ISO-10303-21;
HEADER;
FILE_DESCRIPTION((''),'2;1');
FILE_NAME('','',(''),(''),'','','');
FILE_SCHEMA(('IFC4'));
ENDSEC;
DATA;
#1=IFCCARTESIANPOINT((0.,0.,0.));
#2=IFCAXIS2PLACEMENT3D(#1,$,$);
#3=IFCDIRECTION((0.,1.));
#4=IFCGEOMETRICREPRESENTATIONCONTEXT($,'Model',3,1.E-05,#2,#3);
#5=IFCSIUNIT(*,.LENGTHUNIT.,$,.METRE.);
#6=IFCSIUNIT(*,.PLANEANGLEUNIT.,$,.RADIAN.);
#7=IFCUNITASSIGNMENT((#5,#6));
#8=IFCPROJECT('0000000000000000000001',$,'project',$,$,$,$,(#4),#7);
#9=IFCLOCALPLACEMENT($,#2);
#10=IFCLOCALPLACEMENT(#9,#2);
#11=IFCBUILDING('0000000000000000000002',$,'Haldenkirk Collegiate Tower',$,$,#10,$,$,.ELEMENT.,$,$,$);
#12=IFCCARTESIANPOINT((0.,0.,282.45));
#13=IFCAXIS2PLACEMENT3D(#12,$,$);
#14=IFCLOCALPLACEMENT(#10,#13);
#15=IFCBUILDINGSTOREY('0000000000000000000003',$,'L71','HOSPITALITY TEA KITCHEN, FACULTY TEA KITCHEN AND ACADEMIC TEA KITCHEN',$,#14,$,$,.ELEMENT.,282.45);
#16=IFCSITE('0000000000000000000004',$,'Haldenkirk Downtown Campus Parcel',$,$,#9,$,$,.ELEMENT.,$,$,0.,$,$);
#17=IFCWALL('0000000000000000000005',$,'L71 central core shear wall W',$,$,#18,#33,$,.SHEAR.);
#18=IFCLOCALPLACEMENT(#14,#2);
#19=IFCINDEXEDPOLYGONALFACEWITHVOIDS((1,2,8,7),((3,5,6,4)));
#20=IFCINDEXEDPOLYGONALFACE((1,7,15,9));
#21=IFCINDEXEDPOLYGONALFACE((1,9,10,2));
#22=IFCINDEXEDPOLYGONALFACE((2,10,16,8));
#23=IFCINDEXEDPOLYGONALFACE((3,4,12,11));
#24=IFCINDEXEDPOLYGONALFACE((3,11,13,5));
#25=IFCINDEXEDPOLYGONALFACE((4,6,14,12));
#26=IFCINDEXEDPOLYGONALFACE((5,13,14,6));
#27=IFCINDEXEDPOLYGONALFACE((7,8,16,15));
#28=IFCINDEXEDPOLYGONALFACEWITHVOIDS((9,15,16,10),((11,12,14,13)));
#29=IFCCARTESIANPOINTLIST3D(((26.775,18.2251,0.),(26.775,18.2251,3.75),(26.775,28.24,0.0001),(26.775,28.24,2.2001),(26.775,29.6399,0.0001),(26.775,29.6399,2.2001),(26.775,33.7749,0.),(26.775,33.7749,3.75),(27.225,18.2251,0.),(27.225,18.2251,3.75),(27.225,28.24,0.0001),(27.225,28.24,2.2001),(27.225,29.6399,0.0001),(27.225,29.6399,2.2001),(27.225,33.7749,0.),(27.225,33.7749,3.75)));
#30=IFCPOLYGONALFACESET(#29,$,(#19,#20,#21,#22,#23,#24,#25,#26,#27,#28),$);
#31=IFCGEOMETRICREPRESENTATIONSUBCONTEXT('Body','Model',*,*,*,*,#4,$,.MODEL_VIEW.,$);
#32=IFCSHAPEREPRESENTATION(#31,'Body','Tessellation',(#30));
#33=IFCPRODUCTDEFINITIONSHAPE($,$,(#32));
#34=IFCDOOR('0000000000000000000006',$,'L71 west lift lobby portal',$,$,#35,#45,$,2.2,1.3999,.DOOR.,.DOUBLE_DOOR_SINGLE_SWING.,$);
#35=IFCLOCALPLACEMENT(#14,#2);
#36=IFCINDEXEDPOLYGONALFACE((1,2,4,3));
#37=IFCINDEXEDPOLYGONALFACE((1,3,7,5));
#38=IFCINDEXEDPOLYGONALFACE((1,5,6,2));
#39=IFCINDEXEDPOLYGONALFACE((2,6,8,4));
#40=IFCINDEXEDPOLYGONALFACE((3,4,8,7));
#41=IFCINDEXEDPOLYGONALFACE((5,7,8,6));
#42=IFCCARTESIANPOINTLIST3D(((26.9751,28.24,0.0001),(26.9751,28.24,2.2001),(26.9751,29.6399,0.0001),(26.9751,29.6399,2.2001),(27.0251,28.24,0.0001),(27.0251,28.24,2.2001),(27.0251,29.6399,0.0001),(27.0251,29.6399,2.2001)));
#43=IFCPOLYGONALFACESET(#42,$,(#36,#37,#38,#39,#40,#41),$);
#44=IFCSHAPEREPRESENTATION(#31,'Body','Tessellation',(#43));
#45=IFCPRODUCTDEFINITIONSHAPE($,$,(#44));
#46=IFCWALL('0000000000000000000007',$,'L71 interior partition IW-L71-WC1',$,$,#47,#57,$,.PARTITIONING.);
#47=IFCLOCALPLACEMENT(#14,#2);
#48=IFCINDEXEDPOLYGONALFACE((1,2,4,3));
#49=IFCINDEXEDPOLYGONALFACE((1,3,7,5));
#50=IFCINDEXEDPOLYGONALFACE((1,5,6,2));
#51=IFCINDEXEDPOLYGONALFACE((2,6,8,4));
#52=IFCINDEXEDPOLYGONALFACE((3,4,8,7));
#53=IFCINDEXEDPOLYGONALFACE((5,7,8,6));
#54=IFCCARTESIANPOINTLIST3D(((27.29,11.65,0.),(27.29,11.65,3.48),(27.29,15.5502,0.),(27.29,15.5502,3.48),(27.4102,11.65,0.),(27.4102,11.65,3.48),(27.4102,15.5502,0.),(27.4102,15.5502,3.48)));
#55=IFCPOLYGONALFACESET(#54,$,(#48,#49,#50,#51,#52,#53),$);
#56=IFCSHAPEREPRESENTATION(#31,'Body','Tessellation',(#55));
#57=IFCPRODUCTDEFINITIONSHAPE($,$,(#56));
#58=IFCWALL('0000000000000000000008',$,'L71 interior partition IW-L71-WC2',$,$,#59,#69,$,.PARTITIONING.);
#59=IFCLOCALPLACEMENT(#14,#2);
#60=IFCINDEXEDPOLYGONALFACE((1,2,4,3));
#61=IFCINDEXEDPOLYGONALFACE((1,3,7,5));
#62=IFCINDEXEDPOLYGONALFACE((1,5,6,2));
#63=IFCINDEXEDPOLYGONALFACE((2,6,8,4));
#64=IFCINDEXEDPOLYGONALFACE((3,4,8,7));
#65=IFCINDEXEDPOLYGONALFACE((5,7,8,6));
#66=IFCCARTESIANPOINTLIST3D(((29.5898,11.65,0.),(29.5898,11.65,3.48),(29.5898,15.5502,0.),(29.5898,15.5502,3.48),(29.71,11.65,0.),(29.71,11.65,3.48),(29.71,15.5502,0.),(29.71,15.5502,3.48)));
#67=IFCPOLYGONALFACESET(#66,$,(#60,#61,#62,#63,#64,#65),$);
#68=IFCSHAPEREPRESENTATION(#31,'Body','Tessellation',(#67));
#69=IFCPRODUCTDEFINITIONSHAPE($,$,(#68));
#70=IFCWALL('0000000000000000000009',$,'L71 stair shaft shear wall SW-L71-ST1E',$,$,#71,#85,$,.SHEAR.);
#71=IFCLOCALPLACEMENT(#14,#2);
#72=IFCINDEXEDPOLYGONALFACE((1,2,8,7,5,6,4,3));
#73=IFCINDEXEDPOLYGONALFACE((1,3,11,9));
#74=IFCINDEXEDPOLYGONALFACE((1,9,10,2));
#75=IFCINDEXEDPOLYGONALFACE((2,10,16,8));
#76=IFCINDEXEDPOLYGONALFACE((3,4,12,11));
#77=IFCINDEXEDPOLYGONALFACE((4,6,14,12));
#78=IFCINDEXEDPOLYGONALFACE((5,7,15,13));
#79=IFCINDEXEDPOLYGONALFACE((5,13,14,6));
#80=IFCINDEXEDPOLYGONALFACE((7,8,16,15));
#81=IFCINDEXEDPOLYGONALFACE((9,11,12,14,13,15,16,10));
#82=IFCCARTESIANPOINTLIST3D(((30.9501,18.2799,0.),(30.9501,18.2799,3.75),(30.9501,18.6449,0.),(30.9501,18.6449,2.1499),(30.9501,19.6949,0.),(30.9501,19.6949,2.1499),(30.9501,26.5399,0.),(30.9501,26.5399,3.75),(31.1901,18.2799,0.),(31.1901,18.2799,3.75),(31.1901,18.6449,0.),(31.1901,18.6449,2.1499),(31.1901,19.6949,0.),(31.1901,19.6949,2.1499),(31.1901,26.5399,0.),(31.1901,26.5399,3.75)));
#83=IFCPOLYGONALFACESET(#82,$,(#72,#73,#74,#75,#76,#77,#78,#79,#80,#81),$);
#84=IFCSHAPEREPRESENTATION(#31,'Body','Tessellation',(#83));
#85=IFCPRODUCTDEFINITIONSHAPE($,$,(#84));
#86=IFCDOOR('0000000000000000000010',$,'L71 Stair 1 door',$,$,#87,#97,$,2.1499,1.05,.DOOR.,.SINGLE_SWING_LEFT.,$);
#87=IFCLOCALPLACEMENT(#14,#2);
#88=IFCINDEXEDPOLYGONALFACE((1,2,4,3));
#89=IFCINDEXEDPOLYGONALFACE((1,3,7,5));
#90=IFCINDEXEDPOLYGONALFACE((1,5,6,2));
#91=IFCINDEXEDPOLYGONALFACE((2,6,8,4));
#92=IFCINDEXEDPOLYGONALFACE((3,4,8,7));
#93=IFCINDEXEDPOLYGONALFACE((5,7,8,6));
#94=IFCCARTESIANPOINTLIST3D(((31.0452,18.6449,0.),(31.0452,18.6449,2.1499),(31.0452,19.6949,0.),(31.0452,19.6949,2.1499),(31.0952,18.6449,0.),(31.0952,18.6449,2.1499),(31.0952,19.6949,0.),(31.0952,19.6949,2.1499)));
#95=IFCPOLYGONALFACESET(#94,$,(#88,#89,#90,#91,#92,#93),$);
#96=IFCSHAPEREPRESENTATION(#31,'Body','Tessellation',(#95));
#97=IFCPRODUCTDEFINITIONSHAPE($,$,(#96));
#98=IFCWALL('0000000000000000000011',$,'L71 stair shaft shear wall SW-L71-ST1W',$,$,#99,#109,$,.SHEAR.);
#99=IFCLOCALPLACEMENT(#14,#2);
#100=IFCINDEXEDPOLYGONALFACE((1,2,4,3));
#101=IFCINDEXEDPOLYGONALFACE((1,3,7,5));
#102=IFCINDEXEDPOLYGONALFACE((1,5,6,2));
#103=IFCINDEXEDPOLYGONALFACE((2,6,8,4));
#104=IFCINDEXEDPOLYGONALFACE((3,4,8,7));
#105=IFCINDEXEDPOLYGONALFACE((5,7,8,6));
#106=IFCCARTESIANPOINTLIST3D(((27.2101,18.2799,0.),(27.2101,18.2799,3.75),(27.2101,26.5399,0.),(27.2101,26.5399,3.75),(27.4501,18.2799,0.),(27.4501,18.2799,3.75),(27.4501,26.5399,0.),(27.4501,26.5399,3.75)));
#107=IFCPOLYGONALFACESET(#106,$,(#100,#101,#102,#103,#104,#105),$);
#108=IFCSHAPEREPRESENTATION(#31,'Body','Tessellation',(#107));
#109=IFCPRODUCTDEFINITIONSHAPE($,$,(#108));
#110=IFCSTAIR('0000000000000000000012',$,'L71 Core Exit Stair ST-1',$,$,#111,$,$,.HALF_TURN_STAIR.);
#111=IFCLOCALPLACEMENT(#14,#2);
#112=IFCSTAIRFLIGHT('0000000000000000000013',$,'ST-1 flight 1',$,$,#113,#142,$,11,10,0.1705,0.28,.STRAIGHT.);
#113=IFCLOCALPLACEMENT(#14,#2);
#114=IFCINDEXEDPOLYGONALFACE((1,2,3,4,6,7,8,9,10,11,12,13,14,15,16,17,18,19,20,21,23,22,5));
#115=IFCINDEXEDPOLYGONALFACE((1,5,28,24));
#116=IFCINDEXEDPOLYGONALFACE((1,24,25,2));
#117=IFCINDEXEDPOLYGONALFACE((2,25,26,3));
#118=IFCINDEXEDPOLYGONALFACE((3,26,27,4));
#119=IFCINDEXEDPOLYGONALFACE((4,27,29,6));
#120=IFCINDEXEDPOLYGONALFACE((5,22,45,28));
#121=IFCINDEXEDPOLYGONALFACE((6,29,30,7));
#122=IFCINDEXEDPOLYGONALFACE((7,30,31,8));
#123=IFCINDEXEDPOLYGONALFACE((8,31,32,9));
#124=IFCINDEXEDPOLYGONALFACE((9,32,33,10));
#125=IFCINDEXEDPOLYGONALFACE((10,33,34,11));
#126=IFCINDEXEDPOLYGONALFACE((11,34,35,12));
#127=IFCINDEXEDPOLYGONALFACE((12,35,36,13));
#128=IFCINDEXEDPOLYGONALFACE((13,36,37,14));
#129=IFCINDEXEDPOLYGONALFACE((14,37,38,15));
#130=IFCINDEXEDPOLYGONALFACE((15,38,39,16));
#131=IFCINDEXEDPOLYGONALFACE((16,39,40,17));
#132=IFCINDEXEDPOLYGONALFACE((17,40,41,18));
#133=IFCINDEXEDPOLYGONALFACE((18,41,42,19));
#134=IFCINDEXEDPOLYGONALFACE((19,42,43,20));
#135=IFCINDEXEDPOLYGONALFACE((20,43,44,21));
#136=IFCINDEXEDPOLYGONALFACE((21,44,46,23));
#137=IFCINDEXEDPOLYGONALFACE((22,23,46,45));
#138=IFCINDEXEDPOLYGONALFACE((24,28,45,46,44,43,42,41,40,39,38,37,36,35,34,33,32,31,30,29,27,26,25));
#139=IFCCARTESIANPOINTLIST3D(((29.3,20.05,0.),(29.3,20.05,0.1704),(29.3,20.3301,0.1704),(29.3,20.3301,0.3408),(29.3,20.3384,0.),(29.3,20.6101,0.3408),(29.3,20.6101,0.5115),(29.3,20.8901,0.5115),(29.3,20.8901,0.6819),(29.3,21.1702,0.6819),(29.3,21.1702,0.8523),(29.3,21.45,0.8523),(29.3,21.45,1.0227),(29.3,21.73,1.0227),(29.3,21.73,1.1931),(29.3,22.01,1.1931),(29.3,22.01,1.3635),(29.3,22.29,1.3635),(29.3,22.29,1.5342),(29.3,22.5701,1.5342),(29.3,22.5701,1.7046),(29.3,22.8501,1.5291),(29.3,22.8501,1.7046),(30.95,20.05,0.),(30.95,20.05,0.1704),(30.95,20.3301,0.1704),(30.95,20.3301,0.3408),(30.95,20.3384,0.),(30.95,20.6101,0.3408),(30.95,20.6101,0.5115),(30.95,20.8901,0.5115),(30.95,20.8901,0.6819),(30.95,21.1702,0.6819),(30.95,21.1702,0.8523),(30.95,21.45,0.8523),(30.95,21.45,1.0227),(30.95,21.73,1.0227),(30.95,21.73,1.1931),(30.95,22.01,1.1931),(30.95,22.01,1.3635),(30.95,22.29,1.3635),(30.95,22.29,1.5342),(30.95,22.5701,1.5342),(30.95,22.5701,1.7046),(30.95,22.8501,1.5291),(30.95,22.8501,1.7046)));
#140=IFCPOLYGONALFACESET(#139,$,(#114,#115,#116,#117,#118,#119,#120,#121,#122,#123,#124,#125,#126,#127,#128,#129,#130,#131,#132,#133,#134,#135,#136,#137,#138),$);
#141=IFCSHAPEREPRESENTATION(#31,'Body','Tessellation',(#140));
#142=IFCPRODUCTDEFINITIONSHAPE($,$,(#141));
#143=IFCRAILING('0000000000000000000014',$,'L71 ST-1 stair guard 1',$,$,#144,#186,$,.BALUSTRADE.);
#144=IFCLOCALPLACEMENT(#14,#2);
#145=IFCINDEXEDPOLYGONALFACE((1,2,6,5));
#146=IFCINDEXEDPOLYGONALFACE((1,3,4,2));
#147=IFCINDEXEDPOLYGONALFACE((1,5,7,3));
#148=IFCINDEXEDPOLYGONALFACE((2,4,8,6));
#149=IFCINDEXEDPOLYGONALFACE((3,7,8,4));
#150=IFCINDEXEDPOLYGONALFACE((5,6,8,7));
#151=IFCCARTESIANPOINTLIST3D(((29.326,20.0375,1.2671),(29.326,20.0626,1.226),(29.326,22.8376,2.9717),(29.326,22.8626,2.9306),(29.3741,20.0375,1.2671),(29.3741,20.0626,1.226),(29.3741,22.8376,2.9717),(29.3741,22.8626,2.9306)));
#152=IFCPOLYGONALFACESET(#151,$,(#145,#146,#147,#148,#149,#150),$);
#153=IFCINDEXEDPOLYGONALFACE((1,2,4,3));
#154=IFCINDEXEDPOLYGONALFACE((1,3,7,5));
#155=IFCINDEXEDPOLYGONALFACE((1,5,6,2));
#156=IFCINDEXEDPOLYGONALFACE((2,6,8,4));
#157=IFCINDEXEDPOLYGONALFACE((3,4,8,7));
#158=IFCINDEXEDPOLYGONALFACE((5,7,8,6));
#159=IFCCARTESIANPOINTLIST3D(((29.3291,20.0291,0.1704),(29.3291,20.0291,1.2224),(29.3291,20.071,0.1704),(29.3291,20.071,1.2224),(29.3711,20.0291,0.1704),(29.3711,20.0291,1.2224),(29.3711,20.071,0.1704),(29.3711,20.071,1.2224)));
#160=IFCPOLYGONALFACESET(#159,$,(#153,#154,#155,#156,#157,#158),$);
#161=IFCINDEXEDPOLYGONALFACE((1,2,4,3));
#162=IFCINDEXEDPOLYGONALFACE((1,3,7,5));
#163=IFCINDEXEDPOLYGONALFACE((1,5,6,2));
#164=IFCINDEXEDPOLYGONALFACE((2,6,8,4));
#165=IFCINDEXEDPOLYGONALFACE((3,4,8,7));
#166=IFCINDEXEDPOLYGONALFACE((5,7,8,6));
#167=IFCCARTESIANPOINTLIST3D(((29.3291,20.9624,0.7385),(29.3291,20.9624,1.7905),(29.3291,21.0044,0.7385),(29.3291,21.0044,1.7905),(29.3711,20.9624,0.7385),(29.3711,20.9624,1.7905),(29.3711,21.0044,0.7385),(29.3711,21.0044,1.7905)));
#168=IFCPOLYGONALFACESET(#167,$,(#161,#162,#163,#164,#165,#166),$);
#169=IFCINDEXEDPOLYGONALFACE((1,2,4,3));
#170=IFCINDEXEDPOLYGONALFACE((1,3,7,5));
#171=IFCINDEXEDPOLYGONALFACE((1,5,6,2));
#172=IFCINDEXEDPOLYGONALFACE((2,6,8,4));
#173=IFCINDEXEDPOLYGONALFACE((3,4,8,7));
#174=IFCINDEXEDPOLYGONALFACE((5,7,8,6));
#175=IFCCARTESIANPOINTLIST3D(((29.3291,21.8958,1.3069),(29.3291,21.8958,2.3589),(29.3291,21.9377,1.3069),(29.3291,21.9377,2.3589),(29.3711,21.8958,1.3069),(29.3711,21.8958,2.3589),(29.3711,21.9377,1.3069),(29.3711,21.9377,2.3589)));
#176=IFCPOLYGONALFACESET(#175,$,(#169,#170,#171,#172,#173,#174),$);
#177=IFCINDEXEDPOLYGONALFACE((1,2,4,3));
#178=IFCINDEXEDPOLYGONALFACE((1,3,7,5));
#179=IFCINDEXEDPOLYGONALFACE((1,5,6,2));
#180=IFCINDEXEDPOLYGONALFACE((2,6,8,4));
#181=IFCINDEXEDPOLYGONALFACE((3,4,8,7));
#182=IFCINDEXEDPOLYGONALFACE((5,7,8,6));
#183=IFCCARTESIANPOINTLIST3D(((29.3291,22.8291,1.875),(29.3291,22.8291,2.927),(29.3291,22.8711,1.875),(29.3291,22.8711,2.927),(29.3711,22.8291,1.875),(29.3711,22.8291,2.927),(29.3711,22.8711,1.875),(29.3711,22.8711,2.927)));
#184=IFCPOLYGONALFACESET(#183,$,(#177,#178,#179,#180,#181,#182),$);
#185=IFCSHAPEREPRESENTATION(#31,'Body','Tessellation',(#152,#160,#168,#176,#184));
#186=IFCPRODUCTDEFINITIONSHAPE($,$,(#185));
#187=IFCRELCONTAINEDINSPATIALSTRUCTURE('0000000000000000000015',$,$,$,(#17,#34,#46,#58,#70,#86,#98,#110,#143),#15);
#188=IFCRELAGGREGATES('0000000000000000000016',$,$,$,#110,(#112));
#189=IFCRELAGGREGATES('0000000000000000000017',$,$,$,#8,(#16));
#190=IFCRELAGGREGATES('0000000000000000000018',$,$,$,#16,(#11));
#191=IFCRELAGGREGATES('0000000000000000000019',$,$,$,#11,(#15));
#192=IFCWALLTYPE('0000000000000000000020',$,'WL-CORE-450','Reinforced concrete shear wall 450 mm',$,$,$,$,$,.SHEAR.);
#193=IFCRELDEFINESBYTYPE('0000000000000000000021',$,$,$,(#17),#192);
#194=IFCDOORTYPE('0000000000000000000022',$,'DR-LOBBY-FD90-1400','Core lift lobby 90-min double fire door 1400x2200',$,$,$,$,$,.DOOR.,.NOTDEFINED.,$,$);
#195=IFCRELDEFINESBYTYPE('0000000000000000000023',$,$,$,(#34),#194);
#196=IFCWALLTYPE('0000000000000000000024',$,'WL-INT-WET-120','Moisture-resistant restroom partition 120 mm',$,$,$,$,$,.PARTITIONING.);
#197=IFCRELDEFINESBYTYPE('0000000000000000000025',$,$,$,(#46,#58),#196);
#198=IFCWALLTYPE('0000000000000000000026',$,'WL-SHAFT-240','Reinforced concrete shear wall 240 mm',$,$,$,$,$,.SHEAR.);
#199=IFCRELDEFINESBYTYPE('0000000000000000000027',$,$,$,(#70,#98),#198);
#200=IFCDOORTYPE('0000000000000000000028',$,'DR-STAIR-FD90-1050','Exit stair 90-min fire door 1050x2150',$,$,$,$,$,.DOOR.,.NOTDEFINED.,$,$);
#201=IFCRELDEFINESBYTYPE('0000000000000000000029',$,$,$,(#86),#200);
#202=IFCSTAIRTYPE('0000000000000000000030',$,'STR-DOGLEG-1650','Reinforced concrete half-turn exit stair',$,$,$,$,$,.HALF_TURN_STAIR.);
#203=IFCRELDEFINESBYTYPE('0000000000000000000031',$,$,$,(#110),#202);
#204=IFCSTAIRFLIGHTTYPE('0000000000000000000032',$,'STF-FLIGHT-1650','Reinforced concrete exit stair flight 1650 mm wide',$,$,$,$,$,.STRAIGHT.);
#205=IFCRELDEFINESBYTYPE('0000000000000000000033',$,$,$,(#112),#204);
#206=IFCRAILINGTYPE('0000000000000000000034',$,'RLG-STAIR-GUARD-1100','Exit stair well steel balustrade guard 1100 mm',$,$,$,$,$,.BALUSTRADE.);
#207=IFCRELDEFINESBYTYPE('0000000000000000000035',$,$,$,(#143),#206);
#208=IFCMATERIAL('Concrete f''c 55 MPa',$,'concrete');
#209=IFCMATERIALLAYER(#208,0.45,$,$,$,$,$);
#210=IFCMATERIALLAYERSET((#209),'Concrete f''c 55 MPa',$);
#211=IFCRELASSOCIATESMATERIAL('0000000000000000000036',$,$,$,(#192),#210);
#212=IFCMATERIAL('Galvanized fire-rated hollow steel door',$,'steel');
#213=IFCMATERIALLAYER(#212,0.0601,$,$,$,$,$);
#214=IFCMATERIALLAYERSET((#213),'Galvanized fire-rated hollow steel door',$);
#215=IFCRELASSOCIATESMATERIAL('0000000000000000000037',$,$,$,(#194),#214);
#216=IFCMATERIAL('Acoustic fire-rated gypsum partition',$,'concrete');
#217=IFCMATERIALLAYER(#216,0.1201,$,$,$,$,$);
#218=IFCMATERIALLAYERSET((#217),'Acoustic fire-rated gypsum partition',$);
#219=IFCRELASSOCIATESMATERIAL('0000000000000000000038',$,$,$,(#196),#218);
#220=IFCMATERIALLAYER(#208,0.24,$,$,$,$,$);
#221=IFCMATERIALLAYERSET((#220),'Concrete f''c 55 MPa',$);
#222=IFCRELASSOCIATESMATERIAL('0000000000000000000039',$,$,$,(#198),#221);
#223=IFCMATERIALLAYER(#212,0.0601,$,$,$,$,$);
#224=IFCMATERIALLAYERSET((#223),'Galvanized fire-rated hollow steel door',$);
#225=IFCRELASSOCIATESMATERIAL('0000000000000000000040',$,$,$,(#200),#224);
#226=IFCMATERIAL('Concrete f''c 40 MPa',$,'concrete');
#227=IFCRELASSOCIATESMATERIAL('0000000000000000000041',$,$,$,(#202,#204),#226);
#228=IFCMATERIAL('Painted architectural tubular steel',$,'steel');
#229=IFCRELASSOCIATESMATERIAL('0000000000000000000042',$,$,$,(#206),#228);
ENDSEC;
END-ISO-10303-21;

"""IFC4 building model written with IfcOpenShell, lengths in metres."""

from ifc_helpers import new_model, si_unit, direction, frame, frame_2d, origin, origin_2d, place, context, subcontext, project, spatial, polyline, rectangle, outline, extrude, material, layer, layer_set, type_object, element, fill, aggregate, save


model = new_model("IFC4")

# Units and contexts
model_context = context("Model", 3, precision=1e-05, world=origin(), true_north=direction((0.0, 1.0)))
body_context = subcontext(model_context, "Body", "Model", "MODEL_VIEW")
ifc_project = project(units=[si_unit("LENGTHUNIT", "METRE"), si_unit("PLANEANGLEUNIT", "RADIAN")], contexts=[model_context])

# Site, building, storey
site_placement = place(None, origin())
site = spatial("IfcSite", under=ifc_project, at=site_placement, Name="Haldenkirk Downtown Campus Parcel", CompositionType="ELEMENT", RefElevation=0.0)
building_placement = place(site_placement, origin())
building = spatial("IfcBuilding", under=site, at=building_placement, Name="Haldenkirk Collegiate Tower", CompositionType="ELEMENT")
storey_placement = place(building_placement, frame((0.0, 0.0, 282.45)))
storey = spatial("IfcBuildingStorey", under=building, at=storey_placement, Name="L71", Description="HOSPITALITY TEA KITCHEN, FACULTY TEA KITCHEN AND ACADEMIC TEA KITCHEN", CompositionType="ELEMENT", Elevation=282.45)

# Shared definitions
ifc_material_1 = material(Name="Concrete f'c 55 MPa", Category="concrete")
ifc_layer_1 = layer(ifc_material_1, 0.45)
ifc_layer_set_1 = layer_set([ifc_layer_1], Name="Concrete f'c 55 MPa")
wall_type_1 = type_object("IfcWallType", Name="WL-CORE-450", Description="Reinforced concrete shear wall 450 mm", PredefinedType="SHEAR", material=ifc_layer_set_1)
ifc_material_2 = material(Name="Galvanized fire-rated hollow steel door", Category="steel")

# Wall, opening, door
wall_1_placement = place(storey_placement, frame((27.0, 18.2251, 0.0), z_axis=(0.0, 0.0, 1.0), x_axis=(0.0, 1.0, 0.0)))
wall_1 = element("IfcWall", 1, at=wall_1_placement, inside=storey, type_object=wall_type_1, Name="L71 central core shear wall W", PredefinedType="SHEAR", context=body_context, shape_type="SweptSolid", body=[
    extrude(rectangle(XDim=15.5498, YDim=0.45, at=frame_2d((7.7749, 0.0))), origin(), (0.0, 0.0, 1.0), 3.75),
])
opening_1_placement = place(wall_1_placement, frame((10.0149, 0.0, 0.0)))
opening_1 = element("IfcOpeningElement", 2, at=opening_1_placement, cuts=wall_1, PredefinedType="OPENING", context=body_context, shape_type="SweptSolid", body=[
    extrude(rectangle(XDim=1.3999, YDim=2.2, at=frame_2d((0.7, 1.1001))), frame((0.0, 0.2349, 0.0), z_axis=(0.0, -1.0, 0.0), x_axis=(1.0, 0.0, 0.0)), (0.0, 0.0, 1.0), 0.47),
])
ifc_layer_2 = layer(ifc_material_2, 0.0601)
ifc_layer_set_2 = layer_set([ifc_layer_2], Name="Galvanized fire-rated hollow steel door")
door_type_1 = type_object("IfcDoorType", Name="DR-LOBBY-FD90-1400", Description="Core lift lobby 90-min double fire door 1400x2200", OperationType="NOTDEFINED", PredefinedType="DOOR", material=ifc_layer_set_2)
door_1_placement = place(opening_1_placement, origin())
door_1 = element("IfcDoor", 3, at=door_1_placement, inside=storey, type_object=door_type_1, Name="L71 west lift lobby portal", OperationType="DOUBLE_DOOR_SINGLE_SWING", OverallHeight=2.2, OverallWidth=1.3999, PredefinedType="DOOR", context=body_context, shape_type="SweptSolid", body=[
    extrude(rectangle(XDim=1.3999, YDim=2.2, at=frame_2d((0.7, 1.1001))), frame((0.0, 0.0249, 0.0), z_axis=(0.0, -1.0, 0.0), x_axis=(1.0, 0.0, 0.0)), (0.0, 0.0, 1.0), 0.05),
])
fill(opening_1, door_1)

# Walls
ifc_material_3 = material(Name="Acoustic fire-rated gypsum partition", Category="concrete")
ifc_layer_3 = layer(ifc_material_3, 0.1201)
ifc_layer_set_3 = layer_set([ifc_layer_3], Name="Acoustic fire-rated gypsum partition")
wall_type_2 = type_object("IfcWallType", Name="WL-INT-WET-120", Description="Moisture-resistant restroom partition 120 mm", PredefinedType="PARTITIONING", material=ifc_layer_set_3)
for number, where, z_axis, x_axis, name in (
    (4, (27.3501, 11.6499, 0.0), (0.0, 0.0, 1.0), (0.0, 1.0, 0.0), "L71 interior partition IW-L71-WC1"),
    (5, (29.6499, 11.6499, 0.0), (0.0, 0.0, 1.0), (0.0, 1.0, 0.0), "L71 interior partition IW-L71-WC2"),
):
    element("IfcWall", number, at=place(storey_placement, frame(where, z_axis=z_axis, x_axis=x_axis)), inside=storey, type_object=wall_type_2, Name=name, PredefinedType="PARTITIONING", context=body_context, shape_type="SweptSolid", body=[
        extrude(rectangle(XDim=3.9001, YDim=0.1201, at=frame_2d((1.9502, 0.0))), origin(), (0.0, 0.0, 1.0), 3.48),
    ])

# Wall, opening, door
ifc_layer_4 = layer(ifc_material_1, 0.24)
ifc_layer_set_4 = layer_set([ifc_layer_4], Name="Concrete f'c 55 MPa")
wall_type_3 = type_object("IfcWallType", Name="WL-SHAFT-240", Description="Reinforced concrete shear wall 240 mm", PredefinedType="SHEAR", material=ifc_layer_set_4)
wall_2_placement = place(storey_placement, frame((31.0701, 18.28, 0.0), z_axis=(0.0, 0.0, 1.0), x_axis=(0.0, 1.0, 0.0)))
wall_2 = element("IfcWall", 6, at=wall_2_placement, inside=storey, type_object=wall_type_3, Name="L71 stair shaft shear wall SW-L71-ST1E", PredefinedType="SHEAR", context=body_context, shape_type="SweptSolid", body=[
    extrude(rectangle(XDim=8.26, YDim=0.24, at=frame_2d((4.1299, 0.0))), origin(), (0.0, 0.0, 1.0), 3.75),
])
opening_2_placement = place(wall_2_placement, frame((0.365, 0.0, 0.0)))
opening_2 = element("IfcOpeningElement", 7, at=opening_2_placement, cuts=wall_2, PredefinedType="OPENING", context=body_context, shape_type="SweptSolid", body=[
    extrude(rectangle(XDim=1.05, YDim=2.1499, at=frame_2d((0.5249, 1.075))), frame((0.0, 0.1299, 0.0), z_axis=(0.0, -1.0, 0.0), x_axis=(1.0, 0.0, 0.0)), (0.0, 0.0, 1.0), 0.26),
])
ifc_layer_5 = layer(ifc_material_2, 0.0601)
ifc_layer_set_5 = layer_set([ifc_layer_5], Name="Galvanized fire-rated hollow steel door")
door_type_2 = type_object("IfcDoorType", Name="DR-STAIR-FD90-1050", Description="Exit stair 90-min fire door 1050x2150", OperationType="NOTDEFINED", PredefinedType="DOOR", material=ifc_layer_set_5)
door_2_placement = place(opening_2_placement, origin())
door_2 = element("IfcDoor", 8, at=door_2_placement, inside=storey, type_object=door_type_2, Name="L71 Stair 1 door", OperationType="SINGLE_SWING_LEFT", OverallHeight=2.1499, OverallWidth=1.05, PredefinedType="DOOR", context=body_context, shape_type="SweptSolid", body=[
    extrude(rectangle(XDim=1.05, YDim=2.1499, at=frame_2d((0.5249, 1.075))), frame((0.0, 0.0249, 0.0), z_axis=(0.0, -1.0, 0.0), x_axis=(1.0, 0.0, 0.0)), (0.0, 0.0, 1.0), 0.05),
])
fill(opening_2, door_2)

# Wall
wall_3_placement = place(storey_placement, frame((27.3301, 18.28, 0.0), z_axis=(0.0, 0.0, 1.0), x_axis=(0.0, 1.0, 0.0)))
element("IfcWall", 9, at=wall_3_placement, inside=storey, type_object=wall_type_3, Name="L71 stair shaft shear wall SW-L71-ST1W", PredefinedType="SHEAR", context=body_context, shape_type="SweptSolid", body=[
    extrude(rectangle(XDim=8.26, YDim=0.24, at=frame_2d((4.1299, 0.0))), origin(), (0.0, 0.0, 1.0), 3.75),
])

# Stair, stair flight
ifc_material_4 = material(Name="Concrete f'c 40 MPa", Category="concrete")
stair_type = type_object("IfcStairType", Name="STR-DOGLEG-1650", Description="Reinforced concrete half-turn exit stair", PredefinedType="HALF_TURN_STAIR", material=ifc_material_4)
stair_placement = place(storey_placement, origin())
stair = element("IfcStair", 10, at=stair_placement, inside=storey, type_object=stair_type, Name="L71 Core Exit Stair ST-1", PredefinedType="HALF_TURN_STAIR")
stair_flight_type = type_object("IfcStairFlightType", Name="STF-FLIGHT-1650", Description="Reinforced concrete exit stair flight 1650 mm wide", PredefinedType="STRAIGHT", material=ifc_material_4)
stair_flight_placement = place(storey_placement, frame((30.125, 20.05, 0.0), z_axis=(0.0, 0.0, 1.0), x_axis=(0.0, 1.0, 0.0)))
stair_flight = element("IfcStairFlight", 11, at=stair_flight_placement, type_object=stair_flight_type, Name="ST-1 flight 1", NumberOfRisers=11, NumberOfTreads=10, PredefinedType="STRAIGHT", RiserHeight=0.1705, TreadLength=0.28, context=body_context, shape_type="SweptSolid", body=[
    extrude(outline(polyline([(0.0, 0.0), (0.0, 0.1704), (0.28, 0.1704), (0.28, 0.3408), (0.5601, 0.3408), (0.5601, 0.5115), (0.8401, 0.5115), (0.8401, 0.6819), (1.1201, 0.6819), (1.1201, 0.8523), (1.3999, 0.8523), (1.3999, 1.0227), (1.6799, 1.0227), (1.6799, 1.1931), (1.96, 1.1931), (1.96, 1.3635), (2.24, 1.3635), (2.24, 1.5342), (2.52, 1.5342), (2.52, 1.7046), (2.8, 1.7046), (2.8, 1.875), (2.8, 1.5291), (0.2883, 0.0), (0.0, 0.0)])), frame((0.0, 0.825, 0.0), z_axis=(0.0, -1.0, 0.0), x_axis=(1.0, 0.0, 0.0)), (0.0, 0.0, 1.0), 1.6499),
])
aggregate(stair, [stair_flight])

# Railing
ifc_material_5 = material(Name="Painted architectural tubular steel", Category="steel")
railing_type = type_object("IfcRailingType", Name="RLG-STAIR-GUARD-1100", Description="Exit stair well steel balustrade guard 1100 mm", PredefinedType="BALUSTRADE", material=ifc_material_5)
railing_1_placement = place(storey_placement, frame((29.3501, 20.05, 0.1704)))
element("IfcRailing", 12, at=railing_1_placement, inside=storey, type_object=railing_type, Name="L71 ST-1 stair guard 1", PredefinedType="BALUSTRADE", context=body_context, shape_type="SweptSolid", body=[
    extrude(rectangle(XDim=0.0481, YDim=0.0481, at=origin_2d()), frame((0.0, 0.0, 1.0762), z_axis=(0.0, 0.85417, 0.519994), x_axis=(-1.0, 0.0, 0.0)), (0.0, 0.0, 1.0), 3.2781),
    extrude(rectangle(XDim=0.042, YDim=0.042, at=origin_2d()), origin(), (0.0, 0.0, 1.0), 1.052),
    extrude(rectangle(XDim=0.042, YDim=0.042, at=origin_2d()), frame((0.0, 0.9333, 0.5681)), (0.0, 0.0, 1.0), 1.052),
    extrude(rectangle(XDim=0.042, YDim=0.042, at=origin_2d()), frame((0.0, 1.8667, 1.1365)), (0.0, 0.0, 1.0), 1.052),
    extrude(rectangle(XDim=0.042, YDim=0.042, at=origin_2d()), frame((0.0, 2.8, 1.7046)), (0.0, 0.0, 1.0), 1.052),
])

save(model, "model.ifc")
